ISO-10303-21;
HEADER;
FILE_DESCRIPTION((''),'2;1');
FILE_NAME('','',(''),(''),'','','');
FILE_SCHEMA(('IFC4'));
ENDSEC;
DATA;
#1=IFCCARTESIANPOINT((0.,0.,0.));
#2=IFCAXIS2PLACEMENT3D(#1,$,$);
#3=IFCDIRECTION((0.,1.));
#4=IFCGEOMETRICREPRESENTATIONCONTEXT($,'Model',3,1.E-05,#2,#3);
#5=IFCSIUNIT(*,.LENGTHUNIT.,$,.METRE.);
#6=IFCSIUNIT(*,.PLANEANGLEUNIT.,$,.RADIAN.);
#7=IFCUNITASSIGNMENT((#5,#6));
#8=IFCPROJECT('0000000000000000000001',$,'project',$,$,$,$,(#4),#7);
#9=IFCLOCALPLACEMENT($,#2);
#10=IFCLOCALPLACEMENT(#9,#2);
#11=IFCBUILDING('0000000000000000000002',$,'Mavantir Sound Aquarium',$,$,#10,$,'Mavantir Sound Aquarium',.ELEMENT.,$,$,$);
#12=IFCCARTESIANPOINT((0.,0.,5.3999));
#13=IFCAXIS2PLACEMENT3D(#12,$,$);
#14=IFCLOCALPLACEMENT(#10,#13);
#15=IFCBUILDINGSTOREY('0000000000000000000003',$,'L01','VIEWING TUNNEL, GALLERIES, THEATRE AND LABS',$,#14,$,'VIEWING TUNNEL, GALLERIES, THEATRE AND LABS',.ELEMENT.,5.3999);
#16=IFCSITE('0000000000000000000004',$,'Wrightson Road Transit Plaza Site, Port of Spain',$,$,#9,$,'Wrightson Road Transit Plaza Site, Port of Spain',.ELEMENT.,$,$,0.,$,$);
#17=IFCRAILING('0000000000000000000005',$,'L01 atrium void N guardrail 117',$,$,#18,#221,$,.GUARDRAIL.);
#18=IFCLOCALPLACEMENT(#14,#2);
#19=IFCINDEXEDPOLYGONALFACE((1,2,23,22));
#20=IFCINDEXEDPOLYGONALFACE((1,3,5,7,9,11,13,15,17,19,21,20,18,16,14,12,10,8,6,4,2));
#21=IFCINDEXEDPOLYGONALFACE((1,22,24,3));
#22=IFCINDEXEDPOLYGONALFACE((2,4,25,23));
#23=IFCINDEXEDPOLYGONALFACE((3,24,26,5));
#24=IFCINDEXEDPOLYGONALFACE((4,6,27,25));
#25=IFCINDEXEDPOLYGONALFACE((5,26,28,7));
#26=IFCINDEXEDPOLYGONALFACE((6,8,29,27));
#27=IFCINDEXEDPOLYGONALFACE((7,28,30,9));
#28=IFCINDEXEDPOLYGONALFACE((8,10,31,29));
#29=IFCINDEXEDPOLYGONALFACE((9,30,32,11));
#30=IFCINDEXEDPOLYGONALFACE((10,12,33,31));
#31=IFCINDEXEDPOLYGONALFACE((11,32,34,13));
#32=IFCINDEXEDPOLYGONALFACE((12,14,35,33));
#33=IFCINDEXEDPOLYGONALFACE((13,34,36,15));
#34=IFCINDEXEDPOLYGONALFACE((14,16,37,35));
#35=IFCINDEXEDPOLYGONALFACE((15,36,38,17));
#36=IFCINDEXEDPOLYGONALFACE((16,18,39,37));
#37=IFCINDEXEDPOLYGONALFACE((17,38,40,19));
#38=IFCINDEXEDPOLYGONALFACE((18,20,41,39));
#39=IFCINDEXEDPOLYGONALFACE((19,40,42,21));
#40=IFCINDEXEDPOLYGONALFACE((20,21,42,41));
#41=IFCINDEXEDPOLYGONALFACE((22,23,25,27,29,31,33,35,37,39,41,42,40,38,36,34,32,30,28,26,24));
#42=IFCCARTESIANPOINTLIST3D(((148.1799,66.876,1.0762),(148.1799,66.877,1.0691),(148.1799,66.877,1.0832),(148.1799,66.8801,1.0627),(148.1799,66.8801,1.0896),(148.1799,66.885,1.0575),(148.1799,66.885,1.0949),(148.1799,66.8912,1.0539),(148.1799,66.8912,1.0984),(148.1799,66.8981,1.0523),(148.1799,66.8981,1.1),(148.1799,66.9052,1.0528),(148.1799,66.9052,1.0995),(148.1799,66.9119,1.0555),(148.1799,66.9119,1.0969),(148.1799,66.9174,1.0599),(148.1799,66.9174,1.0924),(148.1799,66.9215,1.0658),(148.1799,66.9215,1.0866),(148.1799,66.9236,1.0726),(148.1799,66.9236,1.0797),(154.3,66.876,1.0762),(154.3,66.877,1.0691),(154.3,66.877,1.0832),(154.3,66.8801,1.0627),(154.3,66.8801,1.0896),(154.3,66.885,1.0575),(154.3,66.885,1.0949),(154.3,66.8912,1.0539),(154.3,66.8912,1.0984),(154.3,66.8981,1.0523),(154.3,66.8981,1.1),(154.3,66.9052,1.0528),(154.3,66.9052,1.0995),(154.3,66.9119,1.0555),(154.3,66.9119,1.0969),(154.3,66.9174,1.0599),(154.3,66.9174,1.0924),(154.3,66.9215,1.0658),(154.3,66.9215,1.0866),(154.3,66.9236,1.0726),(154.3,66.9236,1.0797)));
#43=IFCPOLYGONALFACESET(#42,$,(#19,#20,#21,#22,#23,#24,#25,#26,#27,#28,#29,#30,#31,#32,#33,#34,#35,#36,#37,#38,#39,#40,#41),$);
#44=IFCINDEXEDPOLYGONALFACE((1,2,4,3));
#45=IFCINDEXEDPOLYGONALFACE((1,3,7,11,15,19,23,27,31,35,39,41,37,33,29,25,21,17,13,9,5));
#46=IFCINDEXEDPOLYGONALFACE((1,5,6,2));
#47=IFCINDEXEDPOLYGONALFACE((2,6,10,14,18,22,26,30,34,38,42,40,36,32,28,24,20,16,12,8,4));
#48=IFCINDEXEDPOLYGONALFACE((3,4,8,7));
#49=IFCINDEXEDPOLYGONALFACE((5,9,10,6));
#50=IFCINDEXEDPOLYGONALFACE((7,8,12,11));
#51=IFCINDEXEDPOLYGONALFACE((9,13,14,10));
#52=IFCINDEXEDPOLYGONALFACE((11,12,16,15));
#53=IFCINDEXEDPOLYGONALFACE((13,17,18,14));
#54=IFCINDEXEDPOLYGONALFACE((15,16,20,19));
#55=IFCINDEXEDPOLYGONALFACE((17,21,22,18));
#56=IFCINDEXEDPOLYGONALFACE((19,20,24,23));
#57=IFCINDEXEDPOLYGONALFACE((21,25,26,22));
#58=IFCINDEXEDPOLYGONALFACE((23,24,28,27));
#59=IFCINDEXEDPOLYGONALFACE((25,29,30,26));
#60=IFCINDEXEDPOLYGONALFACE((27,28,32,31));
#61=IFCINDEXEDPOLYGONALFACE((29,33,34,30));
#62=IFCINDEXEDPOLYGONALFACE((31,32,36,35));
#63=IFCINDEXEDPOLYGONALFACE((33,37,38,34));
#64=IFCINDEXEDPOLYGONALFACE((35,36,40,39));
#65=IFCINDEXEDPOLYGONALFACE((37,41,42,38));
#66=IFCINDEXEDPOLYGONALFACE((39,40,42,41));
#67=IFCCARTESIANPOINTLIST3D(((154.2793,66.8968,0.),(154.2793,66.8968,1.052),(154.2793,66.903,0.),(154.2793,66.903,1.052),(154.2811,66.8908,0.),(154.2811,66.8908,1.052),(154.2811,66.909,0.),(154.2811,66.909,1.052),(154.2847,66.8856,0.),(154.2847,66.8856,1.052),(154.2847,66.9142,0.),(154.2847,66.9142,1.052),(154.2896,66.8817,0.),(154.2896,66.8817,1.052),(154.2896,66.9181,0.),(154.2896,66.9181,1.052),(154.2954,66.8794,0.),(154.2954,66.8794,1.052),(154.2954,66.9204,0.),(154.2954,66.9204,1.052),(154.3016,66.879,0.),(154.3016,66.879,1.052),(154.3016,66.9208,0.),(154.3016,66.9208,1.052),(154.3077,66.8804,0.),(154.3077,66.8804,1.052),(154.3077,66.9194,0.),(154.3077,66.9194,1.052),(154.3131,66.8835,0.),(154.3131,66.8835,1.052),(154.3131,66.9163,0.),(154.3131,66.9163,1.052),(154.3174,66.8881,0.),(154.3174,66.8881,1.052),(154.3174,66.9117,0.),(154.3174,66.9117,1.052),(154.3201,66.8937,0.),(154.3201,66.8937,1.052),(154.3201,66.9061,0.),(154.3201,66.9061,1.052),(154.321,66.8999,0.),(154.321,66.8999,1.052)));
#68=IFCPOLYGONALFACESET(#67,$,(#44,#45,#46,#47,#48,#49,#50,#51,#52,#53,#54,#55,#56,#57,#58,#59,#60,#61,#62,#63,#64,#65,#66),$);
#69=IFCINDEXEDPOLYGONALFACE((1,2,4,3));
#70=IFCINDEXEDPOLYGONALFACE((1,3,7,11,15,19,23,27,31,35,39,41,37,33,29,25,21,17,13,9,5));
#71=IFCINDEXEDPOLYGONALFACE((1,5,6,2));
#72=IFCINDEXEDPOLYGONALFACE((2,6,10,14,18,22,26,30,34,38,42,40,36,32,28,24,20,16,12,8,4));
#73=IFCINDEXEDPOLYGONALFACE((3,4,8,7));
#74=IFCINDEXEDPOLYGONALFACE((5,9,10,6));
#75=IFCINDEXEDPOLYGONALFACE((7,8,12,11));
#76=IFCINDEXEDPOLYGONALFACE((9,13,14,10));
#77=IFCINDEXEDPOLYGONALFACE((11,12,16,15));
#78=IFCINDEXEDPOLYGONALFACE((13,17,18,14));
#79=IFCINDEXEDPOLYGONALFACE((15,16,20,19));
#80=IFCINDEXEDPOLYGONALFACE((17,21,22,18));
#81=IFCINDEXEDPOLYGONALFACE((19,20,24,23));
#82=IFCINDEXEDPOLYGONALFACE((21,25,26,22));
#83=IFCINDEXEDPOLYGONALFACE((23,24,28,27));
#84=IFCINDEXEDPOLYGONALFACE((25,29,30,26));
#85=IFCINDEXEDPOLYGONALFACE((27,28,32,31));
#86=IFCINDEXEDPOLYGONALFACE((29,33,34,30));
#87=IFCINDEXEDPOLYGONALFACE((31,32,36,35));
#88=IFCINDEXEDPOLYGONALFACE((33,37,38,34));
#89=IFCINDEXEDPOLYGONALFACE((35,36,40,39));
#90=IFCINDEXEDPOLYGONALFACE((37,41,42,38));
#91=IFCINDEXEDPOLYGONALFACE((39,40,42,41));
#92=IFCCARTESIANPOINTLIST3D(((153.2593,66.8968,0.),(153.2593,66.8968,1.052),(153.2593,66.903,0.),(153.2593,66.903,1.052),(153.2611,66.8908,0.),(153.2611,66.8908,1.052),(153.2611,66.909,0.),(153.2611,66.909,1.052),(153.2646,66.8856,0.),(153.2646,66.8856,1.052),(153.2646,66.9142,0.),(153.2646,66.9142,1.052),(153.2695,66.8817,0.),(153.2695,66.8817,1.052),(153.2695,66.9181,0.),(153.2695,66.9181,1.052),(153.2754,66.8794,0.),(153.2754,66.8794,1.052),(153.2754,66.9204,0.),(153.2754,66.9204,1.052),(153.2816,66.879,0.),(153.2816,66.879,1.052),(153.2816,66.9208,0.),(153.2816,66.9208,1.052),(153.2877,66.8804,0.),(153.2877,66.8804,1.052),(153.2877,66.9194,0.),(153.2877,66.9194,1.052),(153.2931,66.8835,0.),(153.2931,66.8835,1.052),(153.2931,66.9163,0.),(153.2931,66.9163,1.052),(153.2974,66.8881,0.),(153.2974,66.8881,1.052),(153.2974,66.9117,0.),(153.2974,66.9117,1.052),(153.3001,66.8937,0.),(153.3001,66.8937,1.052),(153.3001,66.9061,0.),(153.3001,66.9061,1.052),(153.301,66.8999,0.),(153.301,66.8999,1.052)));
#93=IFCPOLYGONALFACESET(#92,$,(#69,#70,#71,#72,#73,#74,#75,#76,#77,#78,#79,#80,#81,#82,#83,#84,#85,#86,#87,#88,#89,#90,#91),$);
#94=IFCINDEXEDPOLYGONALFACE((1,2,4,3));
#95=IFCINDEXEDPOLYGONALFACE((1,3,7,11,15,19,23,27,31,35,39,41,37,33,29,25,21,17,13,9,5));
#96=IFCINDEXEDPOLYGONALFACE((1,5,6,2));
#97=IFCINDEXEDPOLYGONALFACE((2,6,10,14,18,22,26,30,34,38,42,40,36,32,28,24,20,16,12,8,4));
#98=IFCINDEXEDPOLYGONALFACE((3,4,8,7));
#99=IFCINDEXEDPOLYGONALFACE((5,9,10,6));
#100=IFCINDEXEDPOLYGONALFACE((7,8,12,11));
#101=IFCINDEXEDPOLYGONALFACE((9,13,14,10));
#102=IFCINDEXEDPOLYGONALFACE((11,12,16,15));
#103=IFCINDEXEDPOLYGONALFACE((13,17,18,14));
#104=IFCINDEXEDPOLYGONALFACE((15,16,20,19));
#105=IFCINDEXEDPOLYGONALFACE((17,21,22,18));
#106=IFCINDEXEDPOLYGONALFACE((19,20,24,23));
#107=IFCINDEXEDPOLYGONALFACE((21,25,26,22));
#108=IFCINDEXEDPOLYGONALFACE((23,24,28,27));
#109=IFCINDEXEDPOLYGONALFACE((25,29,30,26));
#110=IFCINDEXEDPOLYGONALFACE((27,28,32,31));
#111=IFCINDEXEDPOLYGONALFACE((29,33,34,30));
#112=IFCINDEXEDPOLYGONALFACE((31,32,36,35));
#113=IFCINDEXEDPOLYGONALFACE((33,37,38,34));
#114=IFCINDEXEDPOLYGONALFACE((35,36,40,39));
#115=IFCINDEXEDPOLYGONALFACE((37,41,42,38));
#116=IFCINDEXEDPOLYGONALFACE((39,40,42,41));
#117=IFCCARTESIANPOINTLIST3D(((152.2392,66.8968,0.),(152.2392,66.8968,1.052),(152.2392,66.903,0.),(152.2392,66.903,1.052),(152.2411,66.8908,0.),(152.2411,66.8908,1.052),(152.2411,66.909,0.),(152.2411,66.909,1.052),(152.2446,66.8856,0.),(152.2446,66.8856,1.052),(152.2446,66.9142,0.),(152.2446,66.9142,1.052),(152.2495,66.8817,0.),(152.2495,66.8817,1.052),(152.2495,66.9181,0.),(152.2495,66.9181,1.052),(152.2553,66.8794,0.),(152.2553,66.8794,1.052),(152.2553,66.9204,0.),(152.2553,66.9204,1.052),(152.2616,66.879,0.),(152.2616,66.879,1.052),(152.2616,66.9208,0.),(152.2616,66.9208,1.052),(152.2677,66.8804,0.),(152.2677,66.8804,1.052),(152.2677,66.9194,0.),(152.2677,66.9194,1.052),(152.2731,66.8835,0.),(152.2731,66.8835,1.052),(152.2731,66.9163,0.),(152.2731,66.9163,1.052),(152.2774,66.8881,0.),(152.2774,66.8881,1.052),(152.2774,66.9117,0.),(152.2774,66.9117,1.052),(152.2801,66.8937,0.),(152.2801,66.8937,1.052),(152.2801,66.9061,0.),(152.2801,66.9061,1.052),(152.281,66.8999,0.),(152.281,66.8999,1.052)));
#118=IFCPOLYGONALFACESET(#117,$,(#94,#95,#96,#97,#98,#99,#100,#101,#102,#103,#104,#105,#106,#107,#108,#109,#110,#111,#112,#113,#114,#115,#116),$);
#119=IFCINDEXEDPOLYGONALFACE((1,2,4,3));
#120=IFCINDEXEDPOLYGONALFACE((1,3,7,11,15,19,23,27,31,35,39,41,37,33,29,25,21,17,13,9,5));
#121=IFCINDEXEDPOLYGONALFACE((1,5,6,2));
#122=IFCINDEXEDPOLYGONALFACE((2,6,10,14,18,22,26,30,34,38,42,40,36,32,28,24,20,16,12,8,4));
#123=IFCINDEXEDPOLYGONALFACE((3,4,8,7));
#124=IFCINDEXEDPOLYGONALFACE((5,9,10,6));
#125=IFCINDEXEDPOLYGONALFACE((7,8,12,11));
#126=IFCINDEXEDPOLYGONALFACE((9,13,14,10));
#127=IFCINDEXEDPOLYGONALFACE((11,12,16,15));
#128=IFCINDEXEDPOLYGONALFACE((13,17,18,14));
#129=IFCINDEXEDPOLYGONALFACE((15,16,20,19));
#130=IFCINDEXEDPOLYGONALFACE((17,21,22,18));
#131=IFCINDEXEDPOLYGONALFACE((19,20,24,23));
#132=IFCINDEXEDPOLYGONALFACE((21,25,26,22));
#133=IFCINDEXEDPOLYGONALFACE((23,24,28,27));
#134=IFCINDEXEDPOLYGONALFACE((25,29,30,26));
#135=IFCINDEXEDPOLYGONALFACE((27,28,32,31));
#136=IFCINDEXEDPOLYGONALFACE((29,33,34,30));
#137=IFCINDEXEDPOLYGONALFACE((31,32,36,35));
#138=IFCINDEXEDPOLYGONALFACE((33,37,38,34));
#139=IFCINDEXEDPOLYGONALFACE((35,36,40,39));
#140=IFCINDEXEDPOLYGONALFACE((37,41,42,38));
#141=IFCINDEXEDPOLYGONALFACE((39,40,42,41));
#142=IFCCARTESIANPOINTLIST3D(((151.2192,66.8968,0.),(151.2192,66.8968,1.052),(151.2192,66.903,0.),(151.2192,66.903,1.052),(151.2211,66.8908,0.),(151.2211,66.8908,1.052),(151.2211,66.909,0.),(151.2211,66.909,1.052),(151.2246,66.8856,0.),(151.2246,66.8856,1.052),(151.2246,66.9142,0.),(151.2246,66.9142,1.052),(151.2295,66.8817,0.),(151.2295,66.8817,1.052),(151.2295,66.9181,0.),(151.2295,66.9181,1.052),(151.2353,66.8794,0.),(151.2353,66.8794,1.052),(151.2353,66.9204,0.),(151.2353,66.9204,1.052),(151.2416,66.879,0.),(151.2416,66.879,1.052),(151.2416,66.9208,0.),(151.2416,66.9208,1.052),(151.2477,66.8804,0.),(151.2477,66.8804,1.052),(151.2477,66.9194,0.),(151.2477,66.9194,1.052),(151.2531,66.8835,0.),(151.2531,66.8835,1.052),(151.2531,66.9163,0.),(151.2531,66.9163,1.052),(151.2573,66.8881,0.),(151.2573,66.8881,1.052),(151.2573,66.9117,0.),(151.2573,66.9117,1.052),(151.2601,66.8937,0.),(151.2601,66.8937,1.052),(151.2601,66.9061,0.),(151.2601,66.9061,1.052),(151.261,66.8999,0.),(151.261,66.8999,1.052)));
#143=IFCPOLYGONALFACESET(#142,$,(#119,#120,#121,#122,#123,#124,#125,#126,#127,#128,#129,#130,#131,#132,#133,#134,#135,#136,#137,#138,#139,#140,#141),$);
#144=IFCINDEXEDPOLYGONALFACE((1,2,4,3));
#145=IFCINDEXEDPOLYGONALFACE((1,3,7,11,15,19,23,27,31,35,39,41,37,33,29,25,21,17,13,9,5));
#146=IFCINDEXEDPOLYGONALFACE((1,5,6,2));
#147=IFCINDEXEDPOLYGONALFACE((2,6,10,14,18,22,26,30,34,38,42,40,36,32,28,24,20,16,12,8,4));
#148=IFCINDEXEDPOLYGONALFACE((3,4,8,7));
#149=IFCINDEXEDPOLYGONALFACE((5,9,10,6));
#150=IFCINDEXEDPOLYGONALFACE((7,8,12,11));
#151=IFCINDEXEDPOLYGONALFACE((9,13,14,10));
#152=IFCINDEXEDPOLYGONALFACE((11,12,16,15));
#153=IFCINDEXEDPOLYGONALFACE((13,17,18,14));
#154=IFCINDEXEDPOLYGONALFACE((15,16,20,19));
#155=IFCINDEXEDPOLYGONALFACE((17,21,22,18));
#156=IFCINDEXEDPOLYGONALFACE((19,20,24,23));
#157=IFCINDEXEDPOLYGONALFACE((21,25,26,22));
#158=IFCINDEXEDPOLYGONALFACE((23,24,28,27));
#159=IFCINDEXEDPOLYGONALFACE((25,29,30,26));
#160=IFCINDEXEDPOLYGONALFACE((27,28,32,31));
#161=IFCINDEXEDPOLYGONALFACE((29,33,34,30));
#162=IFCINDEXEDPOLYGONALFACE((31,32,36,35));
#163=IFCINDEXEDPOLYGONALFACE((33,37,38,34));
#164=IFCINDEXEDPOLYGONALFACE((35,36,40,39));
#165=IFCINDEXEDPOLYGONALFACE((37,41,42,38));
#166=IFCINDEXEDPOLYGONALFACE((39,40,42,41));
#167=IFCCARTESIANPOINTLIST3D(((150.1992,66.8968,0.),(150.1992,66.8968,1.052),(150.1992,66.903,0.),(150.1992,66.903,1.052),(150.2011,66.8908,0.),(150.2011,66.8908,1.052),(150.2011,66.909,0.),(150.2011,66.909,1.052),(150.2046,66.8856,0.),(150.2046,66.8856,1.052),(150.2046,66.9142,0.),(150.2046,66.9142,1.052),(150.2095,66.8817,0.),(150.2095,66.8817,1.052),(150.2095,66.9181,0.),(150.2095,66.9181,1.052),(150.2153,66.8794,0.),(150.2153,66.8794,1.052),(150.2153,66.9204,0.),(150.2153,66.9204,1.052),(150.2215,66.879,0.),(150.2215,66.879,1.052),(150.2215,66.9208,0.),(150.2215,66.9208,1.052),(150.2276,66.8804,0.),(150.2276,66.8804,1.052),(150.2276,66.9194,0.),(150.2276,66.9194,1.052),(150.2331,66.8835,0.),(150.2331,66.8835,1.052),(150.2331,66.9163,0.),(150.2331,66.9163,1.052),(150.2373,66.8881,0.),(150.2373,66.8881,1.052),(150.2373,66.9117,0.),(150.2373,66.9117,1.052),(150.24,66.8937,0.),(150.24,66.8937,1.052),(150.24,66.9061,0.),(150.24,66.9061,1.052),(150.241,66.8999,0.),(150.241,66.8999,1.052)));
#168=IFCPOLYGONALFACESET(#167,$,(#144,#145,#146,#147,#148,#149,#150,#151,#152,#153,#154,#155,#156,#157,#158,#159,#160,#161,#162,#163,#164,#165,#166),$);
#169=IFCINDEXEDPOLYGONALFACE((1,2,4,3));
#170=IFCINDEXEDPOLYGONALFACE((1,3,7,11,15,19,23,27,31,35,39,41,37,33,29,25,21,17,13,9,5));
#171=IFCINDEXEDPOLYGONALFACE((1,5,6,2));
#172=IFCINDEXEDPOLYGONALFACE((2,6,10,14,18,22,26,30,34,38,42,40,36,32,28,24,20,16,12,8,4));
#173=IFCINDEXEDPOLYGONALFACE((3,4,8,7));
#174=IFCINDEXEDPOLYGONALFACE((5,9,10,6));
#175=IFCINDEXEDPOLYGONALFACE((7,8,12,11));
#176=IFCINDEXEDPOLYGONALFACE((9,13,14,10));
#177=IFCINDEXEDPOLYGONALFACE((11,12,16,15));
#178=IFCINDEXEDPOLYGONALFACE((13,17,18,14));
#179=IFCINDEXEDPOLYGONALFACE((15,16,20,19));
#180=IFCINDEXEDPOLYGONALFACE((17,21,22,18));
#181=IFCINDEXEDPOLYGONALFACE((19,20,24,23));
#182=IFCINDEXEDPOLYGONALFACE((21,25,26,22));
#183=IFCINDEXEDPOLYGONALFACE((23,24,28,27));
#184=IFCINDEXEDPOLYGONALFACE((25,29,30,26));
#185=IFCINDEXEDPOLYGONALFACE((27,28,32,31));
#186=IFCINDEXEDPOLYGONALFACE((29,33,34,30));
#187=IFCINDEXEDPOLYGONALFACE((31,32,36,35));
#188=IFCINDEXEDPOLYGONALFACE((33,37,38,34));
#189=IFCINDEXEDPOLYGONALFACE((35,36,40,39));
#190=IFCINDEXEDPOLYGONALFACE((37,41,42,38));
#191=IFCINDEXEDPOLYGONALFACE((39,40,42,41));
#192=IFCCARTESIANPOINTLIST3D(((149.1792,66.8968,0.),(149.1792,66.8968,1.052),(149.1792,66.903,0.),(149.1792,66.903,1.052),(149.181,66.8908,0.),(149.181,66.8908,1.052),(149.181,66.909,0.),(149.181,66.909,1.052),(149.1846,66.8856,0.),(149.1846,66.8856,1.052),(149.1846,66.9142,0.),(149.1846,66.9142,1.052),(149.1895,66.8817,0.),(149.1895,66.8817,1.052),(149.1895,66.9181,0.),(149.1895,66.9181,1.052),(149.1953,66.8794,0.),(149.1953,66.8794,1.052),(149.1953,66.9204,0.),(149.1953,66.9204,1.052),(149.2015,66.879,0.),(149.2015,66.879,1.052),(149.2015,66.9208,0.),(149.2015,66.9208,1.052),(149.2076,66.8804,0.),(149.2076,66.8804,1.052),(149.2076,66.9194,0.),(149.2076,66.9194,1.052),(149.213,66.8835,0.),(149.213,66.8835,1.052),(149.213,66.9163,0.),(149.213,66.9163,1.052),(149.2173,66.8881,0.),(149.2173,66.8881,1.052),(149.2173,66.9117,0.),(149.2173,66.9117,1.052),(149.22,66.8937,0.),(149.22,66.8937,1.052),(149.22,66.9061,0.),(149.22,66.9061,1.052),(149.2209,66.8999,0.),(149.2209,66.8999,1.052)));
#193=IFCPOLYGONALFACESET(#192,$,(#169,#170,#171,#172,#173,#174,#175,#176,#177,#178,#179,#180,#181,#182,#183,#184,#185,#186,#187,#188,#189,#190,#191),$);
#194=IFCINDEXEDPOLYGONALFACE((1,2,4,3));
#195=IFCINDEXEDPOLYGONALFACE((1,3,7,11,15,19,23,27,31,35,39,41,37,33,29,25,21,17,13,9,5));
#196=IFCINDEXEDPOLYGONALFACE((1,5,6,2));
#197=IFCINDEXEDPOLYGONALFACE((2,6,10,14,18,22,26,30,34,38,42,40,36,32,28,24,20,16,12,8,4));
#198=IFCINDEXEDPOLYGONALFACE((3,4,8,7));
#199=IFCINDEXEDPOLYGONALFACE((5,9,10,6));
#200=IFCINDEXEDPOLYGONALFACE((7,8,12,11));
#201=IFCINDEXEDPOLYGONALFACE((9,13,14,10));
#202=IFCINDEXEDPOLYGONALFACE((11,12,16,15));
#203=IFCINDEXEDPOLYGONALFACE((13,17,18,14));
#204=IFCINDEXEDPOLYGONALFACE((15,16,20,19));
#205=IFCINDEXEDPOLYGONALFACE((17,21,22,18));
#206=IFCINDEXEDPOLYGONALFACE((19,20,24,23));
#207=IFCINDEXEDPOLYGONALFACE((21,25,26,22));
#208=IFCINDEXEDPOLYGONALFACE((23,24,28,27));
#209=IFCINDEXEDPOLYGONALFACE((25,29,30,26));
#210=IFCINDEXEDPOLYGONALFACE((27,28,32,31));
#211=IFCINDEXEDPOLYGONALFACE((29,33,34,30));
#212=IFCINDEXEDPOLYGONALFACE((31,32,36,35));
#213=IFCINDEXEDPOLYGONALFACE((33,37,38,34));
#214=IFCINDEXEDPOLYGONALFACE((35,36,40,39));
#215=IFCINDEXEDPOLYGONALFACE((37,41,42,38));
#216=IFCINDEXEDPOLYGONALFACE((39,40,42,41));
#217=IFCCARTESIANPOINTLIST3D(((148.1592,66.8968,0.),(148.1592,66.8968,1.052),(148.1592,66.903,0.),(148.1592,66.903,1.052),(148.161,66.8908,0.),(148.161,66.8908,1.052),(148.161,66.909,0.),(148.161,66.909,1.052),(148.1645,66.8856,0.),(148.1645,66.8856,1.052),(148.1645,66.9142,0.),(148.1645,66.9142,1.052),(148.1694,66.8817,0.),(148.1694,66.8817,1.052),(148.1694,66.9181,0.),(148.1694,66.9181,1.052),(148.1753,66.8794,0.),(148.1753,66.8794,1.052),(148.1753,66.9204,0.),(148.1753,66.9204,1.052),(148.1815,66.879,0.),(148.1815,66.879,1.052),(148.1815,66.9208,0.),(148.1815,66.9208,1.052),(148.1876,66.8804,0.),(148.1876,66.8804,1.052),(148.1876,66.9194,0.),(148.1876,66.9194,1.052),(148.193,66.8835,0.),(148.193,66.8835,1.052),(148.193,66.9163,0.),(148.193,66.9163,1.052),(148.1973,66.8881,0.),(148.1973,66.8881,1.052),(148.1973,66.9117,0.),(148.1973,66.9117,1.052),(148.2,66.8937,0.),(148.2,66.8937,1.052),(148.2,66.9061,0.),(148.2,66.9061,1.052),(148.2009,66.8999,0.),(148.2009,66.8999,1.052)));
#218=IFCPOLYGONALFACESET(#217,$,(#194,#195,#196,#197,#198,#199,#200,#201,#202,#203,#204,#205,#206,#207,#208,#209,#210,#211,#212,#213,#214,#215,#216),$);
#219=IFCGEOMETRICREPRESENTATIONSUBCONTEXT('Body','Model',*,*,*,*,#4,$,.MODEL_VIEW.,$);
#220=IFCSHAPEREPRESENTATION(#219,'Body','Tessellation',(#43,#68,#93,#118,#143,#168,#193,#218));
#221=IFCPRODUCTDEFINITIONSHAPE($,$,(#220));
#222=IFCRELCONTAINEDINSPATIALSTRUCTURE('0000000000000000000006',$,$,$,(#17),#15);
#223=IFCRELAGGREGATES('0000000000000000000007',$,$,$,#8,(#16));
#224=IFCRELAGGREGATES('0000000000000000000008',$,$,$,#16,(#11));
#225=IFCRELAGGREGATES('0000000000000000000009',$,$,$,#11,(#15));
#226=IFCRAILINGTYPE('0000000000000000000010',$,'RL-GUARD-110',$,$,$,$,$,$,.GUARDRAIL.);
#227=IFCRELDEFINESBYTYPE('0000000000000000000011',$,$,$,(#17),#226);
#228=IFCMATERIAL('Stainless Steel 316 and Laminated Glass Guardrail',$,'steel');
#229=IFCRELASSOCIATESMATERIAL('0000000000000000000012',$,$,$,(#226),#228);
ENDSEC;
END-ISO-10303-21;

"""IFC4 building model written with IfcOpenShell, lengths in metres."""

from ifc_helpers import new_model, si_unit, direction, frame, origin, origin_2d, place, context, subcontext, project, spatial, circle, extrude, material, type_object, element, save


model = new_model("IFC4")

# Units and contexts
model_context = context("Model", 3, precision=1e-05, world=origin(), true_north=direction((0.0, 1.0)))
body_context = subcontext(model_context, "Body", "Model", "MODEL_VIEW")
ifc_project = project(units=[si_unit("LENGTHUNIT", "METRE"), si_unit("PLANEANGLEUNIT", "RADIAN")], contexts=[model_context])

# Site, building, storey
site_placement = place(None, origin())
site = spatial("IfcSite", under=ifc_project, at=site_placement, Name="Wrightson Road Transit Plaza Site, Port of Spain", LongName="Wrightson Road Transit Plaza Site, Port of Spain", CompositionType="ELEMENT", RefElevation=0.0)
building_placement = place(site_placement, origin())
building = spatial("IfcBuilding", under=site, at=building_placement, Name="Mavantir Sound Aquarium", LongName="Mavantir Sound Aquarium", CompositionType="ELEMENT")
storey_placement = place(building_placement, frame((0.0, 0.0, 5.3999)))
storey = spatial("IfcBuildingStorey", under=building, at=storey_placement, Name="L01", Description="VIEWING TUNNEL, GALLERIES, THEATRE AND LABS", LongName="VIEWING TUNNEL, GALLERIES, THEATRE AND LABS", CompositionType="ELEMENT", Elevation=5.3999)

# Railing
ifc_material_1 = material(Name="Stainless Steel 316 and Laminated Glass Guardrail", Category="steel")
railing_type = type_object("IfcRailingType", Name="RL-GUARD-110", PredefinedType="GUARDRAIL", material=ifc_material_1)
railing_1_placement = place(storey_placement, frame((154.3, 66.8999, 0.0)))
element("IfcRailing", 1, at=railing_1_placement, inside=storey, type_object=railing_type, Name="L01 atrium void N guardrail 117", PredefinedType="GUARDRAIL", context=body_context, shape_type="SweptSolid", body=[
    extrude(circle(Radius=0.0239, at=origin_2d()), frame((0.0, 0.0, 1.0762), z_axis=(-1.0, 0.0, 0.0), x_axis=(0.0, -1.0, 0.0)), (0.0, 0.0, 1.0), 6.1201),
    extrude(circle(Radius=0.021, at=origin_2d()), origin(), (0.0, 0.0, 1.0), 1.052),
    extrude(circle(Radius=0.021, at=origin_2d()), frame((-1.02, 0.0, 0.0)), (0.0, 0.0, 1.0), 1.052),
    extrude(circle(Radius=0.021, at=origin_2d()), frame((-2.04, 0.0, 0.0)), (0.0, 0.0, 1.0), 1.052),
    extrude(circle(Radius=0.021, at=origin_2d()), frame((-3.0601, 0.0, 0.0)), (0.0, 0.0, 1.0), 1.052),
    extrude(circle(Radius=0.021, at=origin_2d()), frame((-4.0801, 0.0, 0.0)), (0.0, 0.0, 1.0), 1.052),
    extrude(circle(Radius=0.021, at=origin_2d()), frame((-5.1001, 0.0, 0.0)), (0.0, 0.0, 1.0), 1.052),
    extrude(circle(Radius=0.021, at=origin_2d()), frame((-6.1201, 0.0, 0.0)), (0.0, 0.0, 1.0), 1.052),
])

save(model, "model.ifc")
